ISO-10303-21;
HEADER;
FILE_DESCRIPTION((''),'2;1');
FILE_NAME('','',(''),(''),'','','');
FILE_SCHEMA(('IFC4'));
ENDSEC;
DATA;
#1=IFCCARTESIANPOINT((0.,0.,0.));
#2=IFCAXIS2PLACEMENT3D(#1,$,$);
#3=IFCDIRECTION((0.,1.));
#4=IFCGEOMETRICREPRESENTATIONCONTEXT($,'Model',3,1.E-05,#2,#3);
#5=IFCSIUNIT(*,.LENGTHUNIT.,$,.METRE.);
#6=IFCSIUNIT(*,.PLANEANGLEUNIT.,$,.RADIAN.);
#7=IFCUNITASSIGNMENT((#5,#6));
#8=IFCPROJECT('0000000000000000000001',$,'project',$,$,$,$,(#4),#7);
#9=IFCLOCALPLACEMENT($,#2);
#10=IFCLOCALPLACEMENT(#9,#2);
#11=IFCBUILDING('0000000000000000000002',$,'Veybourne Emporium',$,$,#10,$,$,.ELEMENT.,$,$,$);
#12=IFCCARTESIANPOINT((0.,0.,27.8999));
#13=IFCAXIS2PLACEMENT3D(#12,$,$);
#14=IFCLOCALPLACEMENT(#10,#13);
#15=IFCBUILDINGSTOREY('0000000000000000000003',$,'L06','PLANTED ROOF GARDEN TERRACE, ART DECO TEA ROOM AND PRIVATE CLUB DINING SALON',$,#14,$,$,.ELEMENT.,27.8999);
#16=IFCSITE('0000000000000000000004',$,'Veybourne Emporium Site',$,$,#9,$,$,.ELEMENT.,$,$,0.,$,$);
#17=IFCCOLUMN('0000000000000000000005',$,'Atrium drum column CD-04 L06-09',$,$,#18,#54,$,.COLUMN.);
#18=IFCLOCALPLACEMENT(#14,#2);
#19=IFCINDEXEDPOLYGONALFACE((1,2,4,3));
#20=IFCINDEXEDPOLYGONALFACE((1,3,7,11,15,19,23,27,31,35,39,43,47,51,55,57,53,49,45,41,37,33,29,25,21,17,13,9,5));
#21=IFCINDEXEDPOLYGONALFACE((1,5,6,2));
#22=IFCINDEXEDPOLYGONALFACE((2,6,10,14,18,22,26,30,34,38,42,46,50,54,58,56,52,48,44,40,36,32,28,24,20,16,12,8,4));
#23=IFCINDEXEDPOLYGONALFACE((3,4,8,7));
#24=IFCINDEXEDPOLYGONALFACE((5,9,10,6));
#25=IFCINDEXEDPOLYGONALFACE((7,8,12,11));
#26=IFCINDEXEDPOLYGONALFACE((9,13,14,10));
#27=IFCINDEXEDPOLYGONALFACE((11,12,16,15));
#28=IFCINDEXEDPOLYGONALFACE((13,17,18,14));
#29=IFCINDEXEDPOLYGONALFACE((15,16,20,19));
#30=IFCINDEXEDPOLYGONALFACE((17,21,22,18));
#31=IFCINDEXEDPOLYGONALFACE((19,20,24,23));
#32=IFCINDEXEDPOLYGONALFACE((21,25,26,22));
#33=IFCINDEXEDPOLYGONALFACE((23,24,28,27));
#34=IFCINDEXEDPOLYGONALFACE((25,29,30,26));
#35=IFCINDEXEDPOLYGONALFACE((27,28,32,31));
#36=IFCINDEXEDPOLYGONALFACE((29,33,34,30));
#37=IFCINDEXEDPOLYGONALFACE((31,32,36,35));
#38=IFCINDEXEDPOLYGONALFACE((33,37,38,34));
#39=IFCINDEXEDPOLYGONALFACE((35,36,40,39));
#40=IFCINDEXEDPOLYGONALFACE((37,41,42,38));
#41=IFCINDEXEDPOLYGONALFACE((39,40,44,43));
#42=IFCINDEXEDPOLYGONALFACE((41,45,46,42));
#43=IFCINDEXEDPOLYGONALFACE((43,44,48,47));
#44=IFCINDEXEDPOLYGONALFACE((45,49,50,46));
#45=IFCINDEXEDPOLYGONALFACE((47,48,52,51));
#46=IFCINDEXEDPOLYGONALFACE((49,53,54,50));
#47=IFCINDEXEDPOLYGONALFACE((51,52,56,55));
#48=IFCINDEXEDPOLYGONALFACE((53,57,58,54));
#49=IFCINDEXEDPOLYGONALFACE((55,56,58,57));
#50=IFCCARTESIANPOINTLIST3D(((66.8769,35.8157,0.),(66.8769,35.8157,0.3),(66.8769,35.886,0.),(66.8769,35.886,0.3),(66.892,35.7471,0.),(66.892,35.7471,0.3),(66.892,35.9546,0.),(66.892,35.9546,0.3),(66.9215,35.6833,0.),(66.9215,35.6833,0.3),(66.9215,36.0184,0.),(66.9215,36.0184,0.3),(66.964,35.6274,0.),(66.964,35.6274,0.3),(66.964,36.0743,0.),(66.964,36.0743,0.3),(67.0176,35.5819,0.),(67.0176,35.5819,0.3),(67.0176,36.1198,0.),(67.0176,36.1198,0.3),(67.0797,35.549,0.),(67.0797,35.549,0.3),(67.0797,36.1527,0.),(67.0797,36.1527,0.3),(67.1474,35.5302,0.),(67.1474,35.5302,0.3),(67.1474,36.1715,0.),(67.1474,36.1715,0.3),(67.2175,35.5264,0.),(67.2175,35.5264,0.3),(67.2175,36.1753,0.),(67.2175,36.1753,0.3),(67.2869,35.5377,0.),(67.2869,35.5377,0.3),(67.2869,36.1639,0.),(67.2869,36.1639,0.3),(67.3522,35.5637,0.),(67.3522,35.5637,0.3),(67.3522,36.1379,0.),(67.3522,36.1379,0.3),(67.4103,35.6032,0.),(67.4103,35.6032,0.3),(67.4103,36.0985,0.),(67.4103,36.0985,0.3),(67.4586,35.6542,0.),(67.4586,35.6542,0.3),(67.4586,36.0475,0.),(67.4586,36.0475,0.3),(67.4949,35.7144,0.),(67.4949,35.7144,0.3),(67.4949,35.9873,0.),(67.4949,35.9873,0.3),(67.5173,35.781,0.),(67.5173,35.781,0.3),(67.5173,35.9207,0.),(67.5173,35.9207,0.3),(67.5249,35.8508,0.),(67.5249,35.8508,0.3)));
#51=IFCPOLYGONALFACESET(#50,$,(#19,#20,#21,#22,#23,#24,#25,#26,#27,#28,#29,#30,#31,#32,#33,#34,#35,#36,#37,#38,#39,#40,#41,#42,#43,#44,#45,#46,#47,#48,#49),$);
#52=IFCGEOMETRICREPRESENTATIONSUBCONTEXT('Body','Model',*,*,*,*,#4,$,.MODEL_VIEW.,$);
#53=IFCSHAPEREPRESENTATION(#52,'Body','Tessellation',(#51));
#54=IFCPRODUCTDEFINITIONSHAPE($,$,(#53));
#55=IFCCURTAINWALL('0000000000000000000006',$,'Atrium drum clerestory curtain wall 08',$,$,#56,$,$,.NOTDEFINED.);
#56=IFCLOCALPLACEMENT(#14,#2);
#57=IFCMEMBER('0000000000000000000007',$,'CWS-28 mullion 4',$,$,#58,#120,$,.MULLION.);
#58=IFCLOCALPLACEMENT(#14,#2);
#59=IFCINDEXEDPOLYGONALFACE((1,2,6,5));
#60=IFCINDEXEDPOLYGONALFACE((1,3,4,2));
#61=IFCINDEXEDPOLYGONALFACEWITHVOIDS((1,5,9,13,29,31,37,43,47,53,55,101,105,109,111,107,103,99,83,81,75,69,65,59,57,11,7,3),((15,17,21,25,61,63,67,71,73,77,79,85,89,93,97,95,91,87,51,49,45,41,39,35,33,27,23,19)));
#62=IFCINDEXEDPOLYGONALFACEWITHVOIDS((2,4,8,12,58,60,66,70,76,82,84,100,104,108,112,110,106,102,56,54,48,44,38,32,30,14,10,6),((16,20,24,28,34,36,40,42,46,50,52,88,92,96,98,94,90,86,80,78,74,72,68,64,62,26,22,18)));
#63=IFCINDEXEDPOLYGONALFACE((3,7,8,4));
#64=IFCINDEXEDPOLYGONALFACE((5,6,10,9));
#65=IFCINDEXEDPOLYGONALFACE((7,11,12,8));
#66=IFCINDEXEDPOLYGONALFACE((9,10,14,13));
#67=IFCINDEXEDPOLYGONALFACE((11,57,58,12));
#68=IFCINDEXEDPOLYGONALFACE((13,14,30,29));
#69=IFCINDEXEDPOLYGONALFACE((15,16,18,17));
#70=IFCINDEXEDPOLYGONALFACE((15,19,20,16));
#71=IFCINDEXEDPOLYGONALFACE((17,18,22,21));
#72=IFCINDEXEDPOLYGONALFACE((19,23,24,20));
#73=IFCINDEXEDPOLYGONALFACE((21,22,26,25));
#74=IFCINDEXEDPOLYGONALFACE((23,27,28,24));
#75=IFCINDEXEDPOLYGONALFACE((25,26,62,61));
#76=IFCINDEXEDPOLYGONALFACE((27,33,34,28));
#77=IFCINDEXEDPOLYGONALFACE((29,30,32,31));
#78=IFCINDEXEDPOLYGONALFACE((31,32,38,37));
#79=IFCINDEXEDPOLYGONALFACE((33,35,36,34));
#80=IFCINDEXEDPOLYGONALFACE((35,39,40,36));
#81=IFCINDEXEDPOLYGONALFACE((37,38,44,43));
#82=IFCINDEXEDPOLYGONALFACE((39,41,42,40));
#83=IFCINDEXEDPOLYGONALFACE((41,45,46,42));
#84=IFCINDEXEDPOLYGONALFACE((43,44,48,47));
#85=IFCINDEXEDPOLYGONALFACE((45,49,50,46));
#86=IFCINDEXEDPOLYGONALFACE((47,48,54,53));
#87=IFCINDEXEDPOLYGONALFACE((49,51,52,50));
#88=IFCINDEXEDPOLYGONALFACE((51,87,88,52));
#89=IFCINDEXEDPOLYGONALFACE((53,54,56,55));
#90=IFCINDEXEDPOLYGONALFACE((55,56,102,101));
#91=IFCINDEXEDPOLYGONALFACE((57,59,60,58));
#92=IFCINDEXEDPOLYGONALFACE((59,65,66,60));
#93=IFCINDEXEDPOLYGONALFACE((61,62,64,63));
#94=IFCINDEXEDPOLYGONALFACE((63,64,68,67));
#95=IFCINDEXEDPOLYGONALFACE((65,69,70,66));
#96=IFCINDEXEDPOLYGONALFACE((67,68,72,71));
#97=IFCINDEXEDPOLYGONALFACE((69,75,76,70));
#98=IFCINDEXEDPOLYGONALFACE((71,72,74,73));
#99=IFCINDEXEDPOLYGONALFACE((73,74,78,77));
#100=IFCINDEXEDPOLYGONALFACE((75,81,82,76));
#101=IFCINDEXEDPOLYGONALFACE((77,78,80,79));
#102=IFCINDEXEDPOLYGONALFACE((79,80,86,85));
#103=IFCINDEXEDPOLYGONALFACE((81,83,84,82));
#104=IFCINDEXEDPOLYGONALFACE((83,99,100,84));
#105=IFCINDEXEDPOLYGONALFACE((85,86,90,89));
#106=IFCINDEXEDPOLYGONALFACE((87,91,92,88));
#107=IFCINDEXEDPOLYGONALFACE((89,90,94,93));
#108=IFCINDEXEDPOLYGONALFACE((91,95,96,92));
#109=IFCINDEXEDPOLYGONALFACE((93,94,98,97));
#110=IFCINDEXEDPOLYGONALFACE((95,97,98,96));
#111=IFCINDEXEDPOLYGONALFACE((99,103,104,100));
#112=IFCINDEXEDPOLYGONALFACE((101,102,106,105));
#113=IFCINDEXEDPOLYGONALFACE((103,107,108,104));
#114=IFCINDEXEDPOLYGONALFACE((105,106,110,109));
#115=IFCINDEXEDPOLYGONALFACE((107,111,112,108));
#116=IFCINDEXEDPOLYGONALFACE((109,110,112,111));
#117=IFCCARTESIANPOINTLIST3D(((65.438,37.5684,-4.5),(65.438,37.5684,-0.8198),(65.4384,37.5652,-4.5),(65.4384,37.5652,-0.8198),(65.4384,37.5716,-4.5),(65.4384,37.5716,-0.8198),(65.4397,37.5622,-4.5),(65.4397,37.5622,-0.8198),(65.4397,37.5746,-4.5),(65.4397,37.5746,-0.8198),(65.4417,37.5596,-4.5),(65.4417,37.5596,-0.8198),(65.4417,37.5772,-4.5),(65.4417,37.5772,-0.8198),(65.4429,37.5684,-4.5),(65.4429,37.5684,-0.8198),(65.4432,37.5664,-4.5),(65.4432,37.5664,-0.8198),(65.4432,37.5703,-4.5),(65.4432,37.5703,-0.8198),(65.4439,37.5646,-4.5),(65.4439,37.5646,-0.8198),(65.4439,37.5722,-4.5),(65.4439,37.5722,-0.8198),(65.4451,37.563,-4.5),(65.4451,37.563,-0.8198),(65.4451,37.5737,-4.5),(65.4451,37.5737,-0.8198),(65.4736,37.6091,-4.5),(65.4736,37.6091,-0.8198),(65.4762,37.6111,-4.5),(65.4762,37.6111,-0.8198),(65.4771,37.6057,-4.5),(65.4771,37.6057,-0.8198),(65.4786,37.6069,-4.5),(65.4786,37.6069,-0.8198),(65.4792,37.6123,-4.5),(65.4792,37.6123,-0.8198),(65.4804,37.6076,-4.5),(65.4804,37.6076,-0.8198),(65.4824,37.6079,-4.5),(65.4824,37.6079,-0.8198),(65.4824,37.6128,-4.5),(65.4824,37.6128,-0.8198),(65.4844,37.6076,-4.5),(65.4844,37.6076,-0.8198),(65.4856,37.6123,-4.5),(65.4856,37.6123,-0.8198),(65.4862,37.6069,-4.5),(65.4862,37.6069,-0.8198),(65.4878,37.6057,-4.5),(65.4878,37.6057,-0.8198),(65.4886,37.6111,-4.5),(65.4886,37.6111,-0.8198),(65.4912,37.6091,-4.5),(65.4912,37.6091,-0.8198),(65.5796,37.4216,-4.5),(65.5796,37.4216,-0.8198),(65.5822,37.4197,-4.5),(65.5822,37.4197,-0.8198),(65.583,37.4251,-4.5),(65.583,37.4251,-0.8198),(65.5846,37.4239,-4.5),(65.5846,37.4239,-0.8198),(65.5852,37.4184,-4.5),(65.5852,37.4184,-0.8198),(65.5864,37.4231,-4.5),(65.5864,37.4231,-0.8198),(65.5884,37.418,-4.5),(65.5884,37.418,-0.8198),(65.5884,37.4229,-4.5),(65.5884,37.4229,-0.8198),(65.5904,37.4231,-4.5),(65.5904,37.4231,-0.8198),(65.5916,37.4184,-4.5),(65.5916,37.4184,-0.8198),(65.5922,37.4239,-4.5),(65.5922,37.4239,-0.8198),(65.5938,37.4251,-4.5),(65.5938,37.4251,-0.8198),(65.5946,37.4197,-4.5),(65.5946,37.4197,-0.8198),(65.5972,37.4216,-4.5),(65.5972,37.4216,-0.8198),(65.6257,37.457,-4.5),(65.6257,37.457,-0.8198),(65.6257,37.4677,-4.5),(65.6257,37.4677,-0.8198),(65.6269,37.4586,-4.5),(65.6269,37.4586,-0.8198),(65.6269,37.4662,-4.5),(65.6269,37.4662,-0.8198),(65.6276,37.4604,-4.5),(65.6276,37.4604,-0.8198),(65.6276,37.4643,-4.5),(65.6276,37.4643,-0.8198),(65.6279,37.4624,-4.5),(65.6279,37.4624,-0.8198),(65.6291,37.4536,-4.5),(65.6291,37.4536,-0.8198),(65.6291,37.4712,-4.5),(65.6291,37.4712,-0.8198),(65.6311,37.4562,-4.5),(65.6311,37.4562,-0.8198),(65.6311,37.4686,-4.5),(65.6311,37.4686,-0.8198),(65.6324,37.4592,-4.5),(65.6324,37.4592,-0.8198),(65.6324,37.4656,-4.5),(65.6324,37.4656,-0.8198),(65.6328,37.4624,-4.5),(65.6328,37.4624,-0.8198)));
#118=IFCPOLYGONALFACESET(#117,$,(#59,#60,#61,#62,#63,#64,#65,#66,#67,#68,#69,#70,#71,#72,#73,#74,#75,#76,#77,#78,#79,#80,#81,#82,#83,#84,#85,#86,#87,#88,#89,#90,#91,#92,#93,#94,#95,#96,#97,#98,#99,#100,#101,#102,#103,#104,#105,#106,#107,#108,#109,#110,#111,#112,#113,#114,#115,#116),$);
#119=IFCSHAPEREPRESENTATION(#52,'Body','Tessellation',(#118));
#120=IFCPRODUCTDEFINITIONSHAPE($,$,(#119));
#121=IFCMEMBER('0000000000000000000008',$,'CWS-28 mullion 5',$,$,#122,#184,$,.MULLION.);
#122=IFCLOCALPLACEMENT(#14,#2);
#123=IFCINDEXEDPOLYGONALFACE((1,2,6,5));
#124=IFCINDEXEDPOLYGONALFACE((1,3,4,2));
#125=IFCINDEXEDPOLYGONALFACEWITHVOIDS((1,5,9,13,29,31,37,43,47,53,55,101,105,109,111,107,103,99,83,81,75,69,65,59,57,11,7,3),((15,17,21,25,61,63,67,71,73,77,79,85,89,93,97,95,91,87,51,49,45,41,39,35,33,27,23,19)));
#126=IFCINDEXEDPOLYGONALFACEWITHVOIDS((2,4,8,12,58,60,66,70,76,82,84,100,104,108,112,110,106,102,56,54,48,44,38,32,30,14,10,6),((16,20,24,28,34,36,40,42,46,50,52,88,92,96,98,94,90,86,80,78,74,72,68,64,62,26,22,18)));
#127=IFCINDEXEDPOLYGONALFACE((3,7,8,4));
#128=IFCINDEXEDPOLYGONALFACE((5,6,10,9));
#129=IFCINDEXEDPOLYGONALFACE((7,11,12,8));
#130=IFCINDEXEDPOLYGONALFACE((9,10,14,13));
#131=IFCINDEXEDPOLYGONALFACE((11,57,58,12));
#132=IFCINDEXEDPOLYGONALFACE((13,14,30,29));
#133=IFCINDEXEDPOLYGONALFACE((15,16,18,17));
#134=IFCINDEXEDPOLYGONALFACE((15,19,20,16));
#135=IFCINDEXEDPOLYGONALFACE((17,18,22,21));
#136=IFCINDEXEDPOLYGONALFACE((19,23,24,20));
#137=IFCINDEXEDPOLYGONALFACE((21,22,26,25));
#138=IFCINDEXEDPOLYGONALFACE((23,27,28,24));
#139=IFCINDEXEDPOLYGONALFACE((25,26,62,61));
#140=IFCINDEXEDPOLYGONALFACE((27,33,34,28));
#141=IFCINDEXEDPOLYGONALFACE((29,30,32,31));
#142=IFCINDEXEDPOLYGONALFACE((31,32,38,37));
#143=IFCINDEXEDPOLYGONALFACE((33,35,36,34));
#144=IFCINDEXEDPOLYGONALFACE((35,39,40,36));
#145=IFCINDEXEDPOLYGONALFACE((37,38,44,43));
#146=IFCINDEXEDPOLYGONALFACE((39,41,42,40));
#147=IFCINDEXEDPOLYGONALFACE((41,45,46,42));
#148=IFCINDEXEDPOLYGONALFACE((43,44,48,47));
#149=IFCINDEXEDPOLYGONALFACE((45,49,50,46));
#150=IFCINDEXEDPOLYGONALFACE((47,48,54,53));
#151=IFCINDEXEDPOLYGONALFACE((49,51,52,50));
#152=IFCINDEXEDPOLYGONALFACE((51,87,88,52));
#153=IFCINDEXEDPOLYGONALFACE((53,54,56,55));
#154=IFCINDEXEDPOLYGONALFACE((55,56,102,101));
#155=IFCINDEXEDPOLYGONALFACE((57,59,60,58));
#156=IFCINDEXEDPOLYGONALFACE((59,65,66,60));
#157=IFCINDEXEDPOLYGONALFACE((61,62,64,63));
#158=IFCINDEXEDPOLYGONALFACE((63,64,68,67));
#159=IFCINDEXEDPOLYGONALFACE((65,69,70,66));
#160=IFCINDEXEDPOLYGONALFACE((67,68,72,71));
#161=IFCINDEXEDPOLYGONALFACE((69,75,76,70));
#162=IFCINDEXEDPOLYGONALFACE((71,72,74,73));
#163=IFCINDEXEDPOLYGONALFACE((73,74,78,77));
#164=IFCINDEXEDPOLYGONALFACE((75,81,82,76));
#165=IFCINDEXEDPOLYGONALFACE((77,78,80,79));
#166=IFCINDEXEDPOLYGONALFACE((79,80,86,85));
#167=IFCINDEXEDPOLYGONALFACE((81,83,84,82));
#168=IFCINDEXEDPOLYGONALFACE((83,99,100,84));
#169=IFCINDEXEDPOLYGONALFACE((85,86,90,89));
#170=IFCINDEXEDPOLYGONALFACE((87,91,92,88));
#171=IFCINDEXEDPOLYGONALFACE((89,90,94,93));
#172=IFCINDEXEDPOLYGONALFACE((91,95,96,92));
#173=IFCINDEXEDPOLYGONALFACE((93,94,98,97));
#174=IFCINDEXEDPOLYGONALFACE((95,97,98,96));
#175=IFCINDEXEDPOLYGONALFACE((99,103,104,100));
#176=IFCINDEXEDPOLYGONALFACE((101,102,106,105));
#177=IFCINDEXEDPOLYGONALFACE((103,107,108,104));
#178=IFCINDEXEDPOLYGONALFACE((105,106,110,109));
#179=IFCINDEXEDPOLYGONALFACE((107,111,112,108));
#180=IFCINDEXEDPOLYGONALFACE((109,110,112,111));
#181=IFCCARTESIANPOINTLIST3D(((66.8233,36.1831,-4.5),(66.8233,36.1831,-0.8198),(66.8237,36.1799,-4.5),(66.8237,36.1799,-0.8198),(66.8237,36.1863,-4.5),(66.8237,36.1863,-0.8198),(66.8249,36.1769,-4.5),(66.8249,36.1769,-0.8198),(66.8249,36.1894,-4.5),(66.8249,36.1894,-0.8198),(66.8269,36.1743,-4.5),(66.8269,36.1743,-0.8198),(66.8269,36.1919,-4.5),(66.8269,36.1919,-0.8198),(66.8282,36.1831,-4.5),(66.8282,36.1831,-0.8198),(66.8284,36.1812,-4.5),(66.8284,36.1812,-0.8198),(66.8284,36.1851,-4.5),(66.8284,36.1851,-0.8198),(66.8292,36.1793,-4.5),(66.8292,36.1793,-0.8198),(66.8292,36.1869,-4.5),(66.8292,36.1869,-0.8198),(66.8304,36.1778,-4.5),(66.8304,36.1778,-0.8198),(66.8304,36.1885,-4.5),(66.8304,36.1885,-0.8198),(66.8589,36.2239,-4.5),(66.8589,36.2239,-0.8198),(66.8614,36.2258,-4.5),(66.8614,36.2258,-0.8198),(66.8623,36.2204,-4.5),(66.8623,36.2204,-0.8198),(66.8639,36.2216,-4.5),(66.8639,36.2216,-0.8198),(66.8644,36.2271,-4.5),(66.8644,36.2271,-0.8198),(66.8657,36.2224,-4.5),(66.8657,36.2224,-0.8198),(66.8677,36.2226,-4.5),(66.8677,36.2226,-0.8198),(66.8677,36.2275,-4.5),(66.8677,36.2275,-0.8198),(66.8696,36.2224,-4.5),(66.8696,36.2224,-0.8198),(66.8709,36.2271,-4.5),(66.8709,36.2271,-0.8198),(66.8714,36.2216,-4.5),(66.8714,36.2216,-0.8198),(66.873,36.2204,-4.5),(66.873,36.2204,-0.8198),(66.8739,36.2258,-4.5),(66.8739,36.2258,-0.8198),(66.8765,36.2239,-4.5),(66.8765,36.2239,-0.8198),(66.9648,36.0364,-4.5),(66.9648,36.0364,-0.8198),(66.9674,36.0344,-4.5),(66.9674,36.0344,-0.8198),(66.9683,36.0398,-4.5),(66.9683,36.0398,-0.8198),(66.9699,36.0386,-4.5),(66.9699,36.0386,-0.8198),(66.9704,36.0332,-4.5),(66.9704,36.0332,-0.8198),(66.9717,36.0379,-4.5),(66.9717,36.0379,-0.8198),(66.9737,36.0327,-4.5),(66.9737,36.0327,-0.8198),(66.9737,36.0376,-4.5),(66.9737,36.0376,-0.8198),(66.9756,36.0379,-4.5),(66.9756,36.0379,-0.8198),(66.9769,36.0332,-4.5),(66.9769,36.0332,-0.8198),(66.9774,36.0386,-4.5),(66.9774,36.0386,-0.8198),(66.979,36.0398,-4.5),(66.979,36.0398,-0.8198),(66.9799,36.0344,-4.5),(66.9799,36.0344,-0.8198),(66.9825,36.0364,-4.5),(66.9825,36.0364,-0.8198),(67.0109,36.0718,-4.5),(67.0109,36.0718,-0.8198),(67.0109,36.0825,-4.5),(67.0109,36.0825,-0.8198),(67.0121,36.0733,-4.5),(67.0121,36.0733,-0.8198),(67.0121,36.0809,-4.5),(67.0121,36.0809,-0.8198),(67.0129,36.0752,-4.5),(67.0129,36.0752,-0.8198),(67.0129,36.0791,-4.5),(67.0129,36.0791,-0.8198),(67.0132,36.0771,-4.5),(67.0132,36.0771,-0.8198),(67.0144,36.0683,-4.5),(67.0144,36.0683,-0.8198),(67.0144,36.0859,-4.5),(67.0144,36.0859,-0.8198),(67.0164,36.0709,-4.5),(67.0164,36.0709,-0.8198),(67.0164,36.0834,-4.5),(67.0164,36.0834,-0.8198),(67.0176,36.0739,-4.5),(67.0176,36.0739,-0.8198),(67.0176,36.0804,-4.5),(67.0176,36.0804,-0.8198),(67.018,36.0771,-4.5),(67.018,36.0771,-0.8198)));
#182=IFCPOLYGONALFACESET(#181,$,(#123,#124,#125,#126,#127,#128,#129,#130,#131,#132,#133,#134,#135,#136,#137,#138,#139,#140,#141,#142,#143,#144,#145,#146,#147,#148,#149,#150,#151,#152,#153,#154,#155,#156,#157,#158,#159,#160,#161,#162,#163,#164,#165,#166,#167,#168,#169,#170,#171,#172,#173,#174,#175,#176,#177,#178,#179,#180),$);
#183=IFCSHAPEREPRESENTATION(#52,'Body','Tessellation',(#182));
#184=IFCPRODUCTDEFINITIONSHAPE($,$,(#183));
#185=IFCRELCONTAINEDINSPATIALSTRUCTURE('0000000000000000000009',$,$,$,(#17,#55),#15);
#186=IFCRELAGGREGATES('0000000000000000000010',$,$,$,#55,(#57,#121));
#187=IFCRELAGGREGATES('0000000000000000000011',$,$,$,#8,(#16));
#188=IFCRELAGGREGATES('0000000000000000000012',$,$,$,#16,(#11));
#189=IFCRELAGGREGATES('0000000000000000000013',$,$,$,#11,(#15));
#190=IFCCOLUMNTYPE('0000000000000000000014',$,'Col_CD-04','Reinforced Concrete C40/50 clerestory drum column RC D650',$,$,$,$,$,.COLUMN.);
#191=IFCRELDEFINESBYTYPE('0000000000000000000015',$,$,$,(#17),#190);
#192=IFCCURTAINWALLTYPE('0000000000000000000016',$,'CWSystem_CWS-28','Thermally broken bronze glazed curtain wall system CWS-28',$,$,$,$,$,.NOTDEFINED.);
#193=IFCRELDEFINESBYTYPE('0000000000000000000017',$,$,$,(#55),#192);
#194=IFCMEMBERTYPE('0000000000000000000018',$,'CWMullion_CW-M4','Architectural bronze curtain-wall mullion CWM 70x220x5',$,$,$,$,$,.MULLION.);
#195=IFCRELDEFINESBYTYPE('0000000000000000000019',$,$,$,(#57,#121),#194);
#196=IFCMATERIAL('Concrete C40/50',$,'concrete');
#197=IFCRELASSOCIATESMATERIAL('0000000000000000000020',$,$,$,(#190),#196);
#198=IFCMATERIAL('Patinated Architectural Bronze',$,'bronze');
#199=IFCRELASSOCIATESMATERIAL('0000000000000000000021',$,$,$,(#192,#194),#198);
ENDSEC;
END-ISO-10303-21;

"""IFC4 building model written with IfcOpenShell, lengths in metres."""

from ifc_helpers import new_model, si_unit, direction, frame, origin, origin_2d, place, context, subcontext, project, spatial, hollow_rectangle, circle, extrude, material, material_profile, profile_set, type_object, element, aggregate, save


model = new_model("IFC4")

# Units and contexts
model_context = context("Model", 3, precision=1e-05, world=origin(), true_north=direction((0.0, 1.0)))
body_context = subcontext(model_context, "Body", "Model", "MODEL_VIEW")
ifc_project = project(units=[si_unit("LENGTHUNIT", "METRE"), si_unit("PLANEANGLEUNIT", "RADIAN")], contexts=[model_context])

# Site, building, storey
site_placement = place(None, origin())
site = spatial("IfcSite", under=ifc_project, at=site_placement, Name="Veybourne Emporium Site", CompositionType="ELEMENT", RefElevation=0.0)
building_placement = place(site_placement, origin())
building = spatial("IfcBuilding", under=site, at=building_placement, Name="Veybourne Emporium", CompositionType="ELEMENT")
storey_placement = place(building_placement, frame((0.0, 0.0, 27.8999)))
storey = spatial("IfcBuildingStorey", under=building, at=storey_placement, Name="L06", Description="PLANTED ROOF GARDEN TERRACE, ART DECO TEA ROOM AND PRIVATE CLUB DINING SALON", CompositionType="ELEMENT", Elevation=27.8999)

# Column
ifc_material_1 = material(Name="Concrete C40/50", Category="concrete")
ifc_material_profile_1 = material_profile(ifc_material_1, circle(Radius=0.325, at=origin_2d()), Name="RC D650")
ifc_profile_set_1 = profile_set([ifc_material_profile_1], Name="Concrete C40/50")
column_type = type_object("IfcColumnType", Name="Col_CD-04", Description="Reinforced Concrete C40/50 clerestory drum column RC D650", PredefinedType="COLUMN", material=ifc_profile_set_1)
column_placement = place(storey_placement, frame((67.2, 35.8508, 0.0), z_axis=(0.0, 0.0, 1.0), x_axis=(1.0, 0.0, 0.0)))
element("IfcColumn", 1, at=column_placement, inside=storey, type_object=column_type, Name="Atrium drum column CD-04 L06-09", PredefinedType="COLUMN", context=body_context, shape_type="SweptSolid", body=[
    extrude(circle(Radius=0.325, at=origin_2d()), origin(), (0.0, 0.0, 1.0), 0.3),
])

# Curtain wall, members
ifc_material_2 = material(Name="Patinated Architectural Bronze", Category="bronze")
curtain_wall_type_1 = type_object("IfcCurtainWallType", Name="CWSystem_CWS-28", Description="Thermally broken bronze glazed curtain wall system CWS-28", PredefinedType="NOTDEFINED", material=ifc_material_2)
curtain_wall_1_placement = place(storey_placement, origin())
curtain_wall_1 = element("IfcCurtainWall", 2, at=curtain_wall_1_placement, inside=storey, type_object=curtain_wall_type_1, Name="Atrium drum clerestory curtain wall 08", PredefinedType="NOTDEFINED")
ifc_material_profile_2 = material_profile(ifc_material_2, hollow_rectangle(XDim=0.0701, YDim=0.22, WallThickness=0.0049, InnerFilletRadius=0.0076, OuterFilletRadius=0.0125, at=origin_2d()), Name="CWM 70x220x5")
ifc_profile_set_2 = profile_set([ifc_material_profile_2], Name="Patinated Architectural Bronze")
member_type_1 = type_object("IfcMemberType", Name="CWMullion_CW-M4", Description="Architectural bronze curtain-wall mullion CWM 70x220x5", PredefinedType="MULLION", material=ifc_profile_set_2)
member_1_placement = place(storey_placement, frame((65.5354, 37.5154, -4.5), z_axis=(0.0, 0.0, 1.0), x_axis=(0.707107, 0.707107, 0.0)))
member_1 = element("IfcMember", 3, at=member_1_placement, type_object=member_type_1, Name="CWS-28 mullion 4", PredefinedType="MULLION", context=body_context, shape_type="SweptSolid", body=[
    extrude(hollow_rectangle(XDim=0.0701, YDim=0.22, WallThickness=0.0049, InnerFilletRadius=0.0076, OuterFilletRadius=0.0125, at=origin_2d()), origin(), (0.0, 0.0, 1.0), 3.6802),
])
member_2_placement = place(storey_placement, frame((66.9207, 36.1301, -4.5), z_axis=(0.0, 0.0, 1.0), x_axis=(0.707107, 0.707107, 0.0)))
member_2 = element("IfcMember", 4, at=member_2_placement, type_object=member_type_1, Name="CWS-28 mullion 5", PredefinedType="MULLION", context=body_context, shape_type="SweptSolid", body=[
    extrude(hollow_rectangle(XDim=0.0701, YDim=0.22, WallThickness=0.0049, InnerFilletRadius=0.0076, OuterFilletRadius=0.0125, at=origin_2d()), origin(), (0.0, 0.0, 1.0), 3.6802),
])

aggregate(curtain_wall_1, [member_1, member_2])

save(model, "model.ifc")
